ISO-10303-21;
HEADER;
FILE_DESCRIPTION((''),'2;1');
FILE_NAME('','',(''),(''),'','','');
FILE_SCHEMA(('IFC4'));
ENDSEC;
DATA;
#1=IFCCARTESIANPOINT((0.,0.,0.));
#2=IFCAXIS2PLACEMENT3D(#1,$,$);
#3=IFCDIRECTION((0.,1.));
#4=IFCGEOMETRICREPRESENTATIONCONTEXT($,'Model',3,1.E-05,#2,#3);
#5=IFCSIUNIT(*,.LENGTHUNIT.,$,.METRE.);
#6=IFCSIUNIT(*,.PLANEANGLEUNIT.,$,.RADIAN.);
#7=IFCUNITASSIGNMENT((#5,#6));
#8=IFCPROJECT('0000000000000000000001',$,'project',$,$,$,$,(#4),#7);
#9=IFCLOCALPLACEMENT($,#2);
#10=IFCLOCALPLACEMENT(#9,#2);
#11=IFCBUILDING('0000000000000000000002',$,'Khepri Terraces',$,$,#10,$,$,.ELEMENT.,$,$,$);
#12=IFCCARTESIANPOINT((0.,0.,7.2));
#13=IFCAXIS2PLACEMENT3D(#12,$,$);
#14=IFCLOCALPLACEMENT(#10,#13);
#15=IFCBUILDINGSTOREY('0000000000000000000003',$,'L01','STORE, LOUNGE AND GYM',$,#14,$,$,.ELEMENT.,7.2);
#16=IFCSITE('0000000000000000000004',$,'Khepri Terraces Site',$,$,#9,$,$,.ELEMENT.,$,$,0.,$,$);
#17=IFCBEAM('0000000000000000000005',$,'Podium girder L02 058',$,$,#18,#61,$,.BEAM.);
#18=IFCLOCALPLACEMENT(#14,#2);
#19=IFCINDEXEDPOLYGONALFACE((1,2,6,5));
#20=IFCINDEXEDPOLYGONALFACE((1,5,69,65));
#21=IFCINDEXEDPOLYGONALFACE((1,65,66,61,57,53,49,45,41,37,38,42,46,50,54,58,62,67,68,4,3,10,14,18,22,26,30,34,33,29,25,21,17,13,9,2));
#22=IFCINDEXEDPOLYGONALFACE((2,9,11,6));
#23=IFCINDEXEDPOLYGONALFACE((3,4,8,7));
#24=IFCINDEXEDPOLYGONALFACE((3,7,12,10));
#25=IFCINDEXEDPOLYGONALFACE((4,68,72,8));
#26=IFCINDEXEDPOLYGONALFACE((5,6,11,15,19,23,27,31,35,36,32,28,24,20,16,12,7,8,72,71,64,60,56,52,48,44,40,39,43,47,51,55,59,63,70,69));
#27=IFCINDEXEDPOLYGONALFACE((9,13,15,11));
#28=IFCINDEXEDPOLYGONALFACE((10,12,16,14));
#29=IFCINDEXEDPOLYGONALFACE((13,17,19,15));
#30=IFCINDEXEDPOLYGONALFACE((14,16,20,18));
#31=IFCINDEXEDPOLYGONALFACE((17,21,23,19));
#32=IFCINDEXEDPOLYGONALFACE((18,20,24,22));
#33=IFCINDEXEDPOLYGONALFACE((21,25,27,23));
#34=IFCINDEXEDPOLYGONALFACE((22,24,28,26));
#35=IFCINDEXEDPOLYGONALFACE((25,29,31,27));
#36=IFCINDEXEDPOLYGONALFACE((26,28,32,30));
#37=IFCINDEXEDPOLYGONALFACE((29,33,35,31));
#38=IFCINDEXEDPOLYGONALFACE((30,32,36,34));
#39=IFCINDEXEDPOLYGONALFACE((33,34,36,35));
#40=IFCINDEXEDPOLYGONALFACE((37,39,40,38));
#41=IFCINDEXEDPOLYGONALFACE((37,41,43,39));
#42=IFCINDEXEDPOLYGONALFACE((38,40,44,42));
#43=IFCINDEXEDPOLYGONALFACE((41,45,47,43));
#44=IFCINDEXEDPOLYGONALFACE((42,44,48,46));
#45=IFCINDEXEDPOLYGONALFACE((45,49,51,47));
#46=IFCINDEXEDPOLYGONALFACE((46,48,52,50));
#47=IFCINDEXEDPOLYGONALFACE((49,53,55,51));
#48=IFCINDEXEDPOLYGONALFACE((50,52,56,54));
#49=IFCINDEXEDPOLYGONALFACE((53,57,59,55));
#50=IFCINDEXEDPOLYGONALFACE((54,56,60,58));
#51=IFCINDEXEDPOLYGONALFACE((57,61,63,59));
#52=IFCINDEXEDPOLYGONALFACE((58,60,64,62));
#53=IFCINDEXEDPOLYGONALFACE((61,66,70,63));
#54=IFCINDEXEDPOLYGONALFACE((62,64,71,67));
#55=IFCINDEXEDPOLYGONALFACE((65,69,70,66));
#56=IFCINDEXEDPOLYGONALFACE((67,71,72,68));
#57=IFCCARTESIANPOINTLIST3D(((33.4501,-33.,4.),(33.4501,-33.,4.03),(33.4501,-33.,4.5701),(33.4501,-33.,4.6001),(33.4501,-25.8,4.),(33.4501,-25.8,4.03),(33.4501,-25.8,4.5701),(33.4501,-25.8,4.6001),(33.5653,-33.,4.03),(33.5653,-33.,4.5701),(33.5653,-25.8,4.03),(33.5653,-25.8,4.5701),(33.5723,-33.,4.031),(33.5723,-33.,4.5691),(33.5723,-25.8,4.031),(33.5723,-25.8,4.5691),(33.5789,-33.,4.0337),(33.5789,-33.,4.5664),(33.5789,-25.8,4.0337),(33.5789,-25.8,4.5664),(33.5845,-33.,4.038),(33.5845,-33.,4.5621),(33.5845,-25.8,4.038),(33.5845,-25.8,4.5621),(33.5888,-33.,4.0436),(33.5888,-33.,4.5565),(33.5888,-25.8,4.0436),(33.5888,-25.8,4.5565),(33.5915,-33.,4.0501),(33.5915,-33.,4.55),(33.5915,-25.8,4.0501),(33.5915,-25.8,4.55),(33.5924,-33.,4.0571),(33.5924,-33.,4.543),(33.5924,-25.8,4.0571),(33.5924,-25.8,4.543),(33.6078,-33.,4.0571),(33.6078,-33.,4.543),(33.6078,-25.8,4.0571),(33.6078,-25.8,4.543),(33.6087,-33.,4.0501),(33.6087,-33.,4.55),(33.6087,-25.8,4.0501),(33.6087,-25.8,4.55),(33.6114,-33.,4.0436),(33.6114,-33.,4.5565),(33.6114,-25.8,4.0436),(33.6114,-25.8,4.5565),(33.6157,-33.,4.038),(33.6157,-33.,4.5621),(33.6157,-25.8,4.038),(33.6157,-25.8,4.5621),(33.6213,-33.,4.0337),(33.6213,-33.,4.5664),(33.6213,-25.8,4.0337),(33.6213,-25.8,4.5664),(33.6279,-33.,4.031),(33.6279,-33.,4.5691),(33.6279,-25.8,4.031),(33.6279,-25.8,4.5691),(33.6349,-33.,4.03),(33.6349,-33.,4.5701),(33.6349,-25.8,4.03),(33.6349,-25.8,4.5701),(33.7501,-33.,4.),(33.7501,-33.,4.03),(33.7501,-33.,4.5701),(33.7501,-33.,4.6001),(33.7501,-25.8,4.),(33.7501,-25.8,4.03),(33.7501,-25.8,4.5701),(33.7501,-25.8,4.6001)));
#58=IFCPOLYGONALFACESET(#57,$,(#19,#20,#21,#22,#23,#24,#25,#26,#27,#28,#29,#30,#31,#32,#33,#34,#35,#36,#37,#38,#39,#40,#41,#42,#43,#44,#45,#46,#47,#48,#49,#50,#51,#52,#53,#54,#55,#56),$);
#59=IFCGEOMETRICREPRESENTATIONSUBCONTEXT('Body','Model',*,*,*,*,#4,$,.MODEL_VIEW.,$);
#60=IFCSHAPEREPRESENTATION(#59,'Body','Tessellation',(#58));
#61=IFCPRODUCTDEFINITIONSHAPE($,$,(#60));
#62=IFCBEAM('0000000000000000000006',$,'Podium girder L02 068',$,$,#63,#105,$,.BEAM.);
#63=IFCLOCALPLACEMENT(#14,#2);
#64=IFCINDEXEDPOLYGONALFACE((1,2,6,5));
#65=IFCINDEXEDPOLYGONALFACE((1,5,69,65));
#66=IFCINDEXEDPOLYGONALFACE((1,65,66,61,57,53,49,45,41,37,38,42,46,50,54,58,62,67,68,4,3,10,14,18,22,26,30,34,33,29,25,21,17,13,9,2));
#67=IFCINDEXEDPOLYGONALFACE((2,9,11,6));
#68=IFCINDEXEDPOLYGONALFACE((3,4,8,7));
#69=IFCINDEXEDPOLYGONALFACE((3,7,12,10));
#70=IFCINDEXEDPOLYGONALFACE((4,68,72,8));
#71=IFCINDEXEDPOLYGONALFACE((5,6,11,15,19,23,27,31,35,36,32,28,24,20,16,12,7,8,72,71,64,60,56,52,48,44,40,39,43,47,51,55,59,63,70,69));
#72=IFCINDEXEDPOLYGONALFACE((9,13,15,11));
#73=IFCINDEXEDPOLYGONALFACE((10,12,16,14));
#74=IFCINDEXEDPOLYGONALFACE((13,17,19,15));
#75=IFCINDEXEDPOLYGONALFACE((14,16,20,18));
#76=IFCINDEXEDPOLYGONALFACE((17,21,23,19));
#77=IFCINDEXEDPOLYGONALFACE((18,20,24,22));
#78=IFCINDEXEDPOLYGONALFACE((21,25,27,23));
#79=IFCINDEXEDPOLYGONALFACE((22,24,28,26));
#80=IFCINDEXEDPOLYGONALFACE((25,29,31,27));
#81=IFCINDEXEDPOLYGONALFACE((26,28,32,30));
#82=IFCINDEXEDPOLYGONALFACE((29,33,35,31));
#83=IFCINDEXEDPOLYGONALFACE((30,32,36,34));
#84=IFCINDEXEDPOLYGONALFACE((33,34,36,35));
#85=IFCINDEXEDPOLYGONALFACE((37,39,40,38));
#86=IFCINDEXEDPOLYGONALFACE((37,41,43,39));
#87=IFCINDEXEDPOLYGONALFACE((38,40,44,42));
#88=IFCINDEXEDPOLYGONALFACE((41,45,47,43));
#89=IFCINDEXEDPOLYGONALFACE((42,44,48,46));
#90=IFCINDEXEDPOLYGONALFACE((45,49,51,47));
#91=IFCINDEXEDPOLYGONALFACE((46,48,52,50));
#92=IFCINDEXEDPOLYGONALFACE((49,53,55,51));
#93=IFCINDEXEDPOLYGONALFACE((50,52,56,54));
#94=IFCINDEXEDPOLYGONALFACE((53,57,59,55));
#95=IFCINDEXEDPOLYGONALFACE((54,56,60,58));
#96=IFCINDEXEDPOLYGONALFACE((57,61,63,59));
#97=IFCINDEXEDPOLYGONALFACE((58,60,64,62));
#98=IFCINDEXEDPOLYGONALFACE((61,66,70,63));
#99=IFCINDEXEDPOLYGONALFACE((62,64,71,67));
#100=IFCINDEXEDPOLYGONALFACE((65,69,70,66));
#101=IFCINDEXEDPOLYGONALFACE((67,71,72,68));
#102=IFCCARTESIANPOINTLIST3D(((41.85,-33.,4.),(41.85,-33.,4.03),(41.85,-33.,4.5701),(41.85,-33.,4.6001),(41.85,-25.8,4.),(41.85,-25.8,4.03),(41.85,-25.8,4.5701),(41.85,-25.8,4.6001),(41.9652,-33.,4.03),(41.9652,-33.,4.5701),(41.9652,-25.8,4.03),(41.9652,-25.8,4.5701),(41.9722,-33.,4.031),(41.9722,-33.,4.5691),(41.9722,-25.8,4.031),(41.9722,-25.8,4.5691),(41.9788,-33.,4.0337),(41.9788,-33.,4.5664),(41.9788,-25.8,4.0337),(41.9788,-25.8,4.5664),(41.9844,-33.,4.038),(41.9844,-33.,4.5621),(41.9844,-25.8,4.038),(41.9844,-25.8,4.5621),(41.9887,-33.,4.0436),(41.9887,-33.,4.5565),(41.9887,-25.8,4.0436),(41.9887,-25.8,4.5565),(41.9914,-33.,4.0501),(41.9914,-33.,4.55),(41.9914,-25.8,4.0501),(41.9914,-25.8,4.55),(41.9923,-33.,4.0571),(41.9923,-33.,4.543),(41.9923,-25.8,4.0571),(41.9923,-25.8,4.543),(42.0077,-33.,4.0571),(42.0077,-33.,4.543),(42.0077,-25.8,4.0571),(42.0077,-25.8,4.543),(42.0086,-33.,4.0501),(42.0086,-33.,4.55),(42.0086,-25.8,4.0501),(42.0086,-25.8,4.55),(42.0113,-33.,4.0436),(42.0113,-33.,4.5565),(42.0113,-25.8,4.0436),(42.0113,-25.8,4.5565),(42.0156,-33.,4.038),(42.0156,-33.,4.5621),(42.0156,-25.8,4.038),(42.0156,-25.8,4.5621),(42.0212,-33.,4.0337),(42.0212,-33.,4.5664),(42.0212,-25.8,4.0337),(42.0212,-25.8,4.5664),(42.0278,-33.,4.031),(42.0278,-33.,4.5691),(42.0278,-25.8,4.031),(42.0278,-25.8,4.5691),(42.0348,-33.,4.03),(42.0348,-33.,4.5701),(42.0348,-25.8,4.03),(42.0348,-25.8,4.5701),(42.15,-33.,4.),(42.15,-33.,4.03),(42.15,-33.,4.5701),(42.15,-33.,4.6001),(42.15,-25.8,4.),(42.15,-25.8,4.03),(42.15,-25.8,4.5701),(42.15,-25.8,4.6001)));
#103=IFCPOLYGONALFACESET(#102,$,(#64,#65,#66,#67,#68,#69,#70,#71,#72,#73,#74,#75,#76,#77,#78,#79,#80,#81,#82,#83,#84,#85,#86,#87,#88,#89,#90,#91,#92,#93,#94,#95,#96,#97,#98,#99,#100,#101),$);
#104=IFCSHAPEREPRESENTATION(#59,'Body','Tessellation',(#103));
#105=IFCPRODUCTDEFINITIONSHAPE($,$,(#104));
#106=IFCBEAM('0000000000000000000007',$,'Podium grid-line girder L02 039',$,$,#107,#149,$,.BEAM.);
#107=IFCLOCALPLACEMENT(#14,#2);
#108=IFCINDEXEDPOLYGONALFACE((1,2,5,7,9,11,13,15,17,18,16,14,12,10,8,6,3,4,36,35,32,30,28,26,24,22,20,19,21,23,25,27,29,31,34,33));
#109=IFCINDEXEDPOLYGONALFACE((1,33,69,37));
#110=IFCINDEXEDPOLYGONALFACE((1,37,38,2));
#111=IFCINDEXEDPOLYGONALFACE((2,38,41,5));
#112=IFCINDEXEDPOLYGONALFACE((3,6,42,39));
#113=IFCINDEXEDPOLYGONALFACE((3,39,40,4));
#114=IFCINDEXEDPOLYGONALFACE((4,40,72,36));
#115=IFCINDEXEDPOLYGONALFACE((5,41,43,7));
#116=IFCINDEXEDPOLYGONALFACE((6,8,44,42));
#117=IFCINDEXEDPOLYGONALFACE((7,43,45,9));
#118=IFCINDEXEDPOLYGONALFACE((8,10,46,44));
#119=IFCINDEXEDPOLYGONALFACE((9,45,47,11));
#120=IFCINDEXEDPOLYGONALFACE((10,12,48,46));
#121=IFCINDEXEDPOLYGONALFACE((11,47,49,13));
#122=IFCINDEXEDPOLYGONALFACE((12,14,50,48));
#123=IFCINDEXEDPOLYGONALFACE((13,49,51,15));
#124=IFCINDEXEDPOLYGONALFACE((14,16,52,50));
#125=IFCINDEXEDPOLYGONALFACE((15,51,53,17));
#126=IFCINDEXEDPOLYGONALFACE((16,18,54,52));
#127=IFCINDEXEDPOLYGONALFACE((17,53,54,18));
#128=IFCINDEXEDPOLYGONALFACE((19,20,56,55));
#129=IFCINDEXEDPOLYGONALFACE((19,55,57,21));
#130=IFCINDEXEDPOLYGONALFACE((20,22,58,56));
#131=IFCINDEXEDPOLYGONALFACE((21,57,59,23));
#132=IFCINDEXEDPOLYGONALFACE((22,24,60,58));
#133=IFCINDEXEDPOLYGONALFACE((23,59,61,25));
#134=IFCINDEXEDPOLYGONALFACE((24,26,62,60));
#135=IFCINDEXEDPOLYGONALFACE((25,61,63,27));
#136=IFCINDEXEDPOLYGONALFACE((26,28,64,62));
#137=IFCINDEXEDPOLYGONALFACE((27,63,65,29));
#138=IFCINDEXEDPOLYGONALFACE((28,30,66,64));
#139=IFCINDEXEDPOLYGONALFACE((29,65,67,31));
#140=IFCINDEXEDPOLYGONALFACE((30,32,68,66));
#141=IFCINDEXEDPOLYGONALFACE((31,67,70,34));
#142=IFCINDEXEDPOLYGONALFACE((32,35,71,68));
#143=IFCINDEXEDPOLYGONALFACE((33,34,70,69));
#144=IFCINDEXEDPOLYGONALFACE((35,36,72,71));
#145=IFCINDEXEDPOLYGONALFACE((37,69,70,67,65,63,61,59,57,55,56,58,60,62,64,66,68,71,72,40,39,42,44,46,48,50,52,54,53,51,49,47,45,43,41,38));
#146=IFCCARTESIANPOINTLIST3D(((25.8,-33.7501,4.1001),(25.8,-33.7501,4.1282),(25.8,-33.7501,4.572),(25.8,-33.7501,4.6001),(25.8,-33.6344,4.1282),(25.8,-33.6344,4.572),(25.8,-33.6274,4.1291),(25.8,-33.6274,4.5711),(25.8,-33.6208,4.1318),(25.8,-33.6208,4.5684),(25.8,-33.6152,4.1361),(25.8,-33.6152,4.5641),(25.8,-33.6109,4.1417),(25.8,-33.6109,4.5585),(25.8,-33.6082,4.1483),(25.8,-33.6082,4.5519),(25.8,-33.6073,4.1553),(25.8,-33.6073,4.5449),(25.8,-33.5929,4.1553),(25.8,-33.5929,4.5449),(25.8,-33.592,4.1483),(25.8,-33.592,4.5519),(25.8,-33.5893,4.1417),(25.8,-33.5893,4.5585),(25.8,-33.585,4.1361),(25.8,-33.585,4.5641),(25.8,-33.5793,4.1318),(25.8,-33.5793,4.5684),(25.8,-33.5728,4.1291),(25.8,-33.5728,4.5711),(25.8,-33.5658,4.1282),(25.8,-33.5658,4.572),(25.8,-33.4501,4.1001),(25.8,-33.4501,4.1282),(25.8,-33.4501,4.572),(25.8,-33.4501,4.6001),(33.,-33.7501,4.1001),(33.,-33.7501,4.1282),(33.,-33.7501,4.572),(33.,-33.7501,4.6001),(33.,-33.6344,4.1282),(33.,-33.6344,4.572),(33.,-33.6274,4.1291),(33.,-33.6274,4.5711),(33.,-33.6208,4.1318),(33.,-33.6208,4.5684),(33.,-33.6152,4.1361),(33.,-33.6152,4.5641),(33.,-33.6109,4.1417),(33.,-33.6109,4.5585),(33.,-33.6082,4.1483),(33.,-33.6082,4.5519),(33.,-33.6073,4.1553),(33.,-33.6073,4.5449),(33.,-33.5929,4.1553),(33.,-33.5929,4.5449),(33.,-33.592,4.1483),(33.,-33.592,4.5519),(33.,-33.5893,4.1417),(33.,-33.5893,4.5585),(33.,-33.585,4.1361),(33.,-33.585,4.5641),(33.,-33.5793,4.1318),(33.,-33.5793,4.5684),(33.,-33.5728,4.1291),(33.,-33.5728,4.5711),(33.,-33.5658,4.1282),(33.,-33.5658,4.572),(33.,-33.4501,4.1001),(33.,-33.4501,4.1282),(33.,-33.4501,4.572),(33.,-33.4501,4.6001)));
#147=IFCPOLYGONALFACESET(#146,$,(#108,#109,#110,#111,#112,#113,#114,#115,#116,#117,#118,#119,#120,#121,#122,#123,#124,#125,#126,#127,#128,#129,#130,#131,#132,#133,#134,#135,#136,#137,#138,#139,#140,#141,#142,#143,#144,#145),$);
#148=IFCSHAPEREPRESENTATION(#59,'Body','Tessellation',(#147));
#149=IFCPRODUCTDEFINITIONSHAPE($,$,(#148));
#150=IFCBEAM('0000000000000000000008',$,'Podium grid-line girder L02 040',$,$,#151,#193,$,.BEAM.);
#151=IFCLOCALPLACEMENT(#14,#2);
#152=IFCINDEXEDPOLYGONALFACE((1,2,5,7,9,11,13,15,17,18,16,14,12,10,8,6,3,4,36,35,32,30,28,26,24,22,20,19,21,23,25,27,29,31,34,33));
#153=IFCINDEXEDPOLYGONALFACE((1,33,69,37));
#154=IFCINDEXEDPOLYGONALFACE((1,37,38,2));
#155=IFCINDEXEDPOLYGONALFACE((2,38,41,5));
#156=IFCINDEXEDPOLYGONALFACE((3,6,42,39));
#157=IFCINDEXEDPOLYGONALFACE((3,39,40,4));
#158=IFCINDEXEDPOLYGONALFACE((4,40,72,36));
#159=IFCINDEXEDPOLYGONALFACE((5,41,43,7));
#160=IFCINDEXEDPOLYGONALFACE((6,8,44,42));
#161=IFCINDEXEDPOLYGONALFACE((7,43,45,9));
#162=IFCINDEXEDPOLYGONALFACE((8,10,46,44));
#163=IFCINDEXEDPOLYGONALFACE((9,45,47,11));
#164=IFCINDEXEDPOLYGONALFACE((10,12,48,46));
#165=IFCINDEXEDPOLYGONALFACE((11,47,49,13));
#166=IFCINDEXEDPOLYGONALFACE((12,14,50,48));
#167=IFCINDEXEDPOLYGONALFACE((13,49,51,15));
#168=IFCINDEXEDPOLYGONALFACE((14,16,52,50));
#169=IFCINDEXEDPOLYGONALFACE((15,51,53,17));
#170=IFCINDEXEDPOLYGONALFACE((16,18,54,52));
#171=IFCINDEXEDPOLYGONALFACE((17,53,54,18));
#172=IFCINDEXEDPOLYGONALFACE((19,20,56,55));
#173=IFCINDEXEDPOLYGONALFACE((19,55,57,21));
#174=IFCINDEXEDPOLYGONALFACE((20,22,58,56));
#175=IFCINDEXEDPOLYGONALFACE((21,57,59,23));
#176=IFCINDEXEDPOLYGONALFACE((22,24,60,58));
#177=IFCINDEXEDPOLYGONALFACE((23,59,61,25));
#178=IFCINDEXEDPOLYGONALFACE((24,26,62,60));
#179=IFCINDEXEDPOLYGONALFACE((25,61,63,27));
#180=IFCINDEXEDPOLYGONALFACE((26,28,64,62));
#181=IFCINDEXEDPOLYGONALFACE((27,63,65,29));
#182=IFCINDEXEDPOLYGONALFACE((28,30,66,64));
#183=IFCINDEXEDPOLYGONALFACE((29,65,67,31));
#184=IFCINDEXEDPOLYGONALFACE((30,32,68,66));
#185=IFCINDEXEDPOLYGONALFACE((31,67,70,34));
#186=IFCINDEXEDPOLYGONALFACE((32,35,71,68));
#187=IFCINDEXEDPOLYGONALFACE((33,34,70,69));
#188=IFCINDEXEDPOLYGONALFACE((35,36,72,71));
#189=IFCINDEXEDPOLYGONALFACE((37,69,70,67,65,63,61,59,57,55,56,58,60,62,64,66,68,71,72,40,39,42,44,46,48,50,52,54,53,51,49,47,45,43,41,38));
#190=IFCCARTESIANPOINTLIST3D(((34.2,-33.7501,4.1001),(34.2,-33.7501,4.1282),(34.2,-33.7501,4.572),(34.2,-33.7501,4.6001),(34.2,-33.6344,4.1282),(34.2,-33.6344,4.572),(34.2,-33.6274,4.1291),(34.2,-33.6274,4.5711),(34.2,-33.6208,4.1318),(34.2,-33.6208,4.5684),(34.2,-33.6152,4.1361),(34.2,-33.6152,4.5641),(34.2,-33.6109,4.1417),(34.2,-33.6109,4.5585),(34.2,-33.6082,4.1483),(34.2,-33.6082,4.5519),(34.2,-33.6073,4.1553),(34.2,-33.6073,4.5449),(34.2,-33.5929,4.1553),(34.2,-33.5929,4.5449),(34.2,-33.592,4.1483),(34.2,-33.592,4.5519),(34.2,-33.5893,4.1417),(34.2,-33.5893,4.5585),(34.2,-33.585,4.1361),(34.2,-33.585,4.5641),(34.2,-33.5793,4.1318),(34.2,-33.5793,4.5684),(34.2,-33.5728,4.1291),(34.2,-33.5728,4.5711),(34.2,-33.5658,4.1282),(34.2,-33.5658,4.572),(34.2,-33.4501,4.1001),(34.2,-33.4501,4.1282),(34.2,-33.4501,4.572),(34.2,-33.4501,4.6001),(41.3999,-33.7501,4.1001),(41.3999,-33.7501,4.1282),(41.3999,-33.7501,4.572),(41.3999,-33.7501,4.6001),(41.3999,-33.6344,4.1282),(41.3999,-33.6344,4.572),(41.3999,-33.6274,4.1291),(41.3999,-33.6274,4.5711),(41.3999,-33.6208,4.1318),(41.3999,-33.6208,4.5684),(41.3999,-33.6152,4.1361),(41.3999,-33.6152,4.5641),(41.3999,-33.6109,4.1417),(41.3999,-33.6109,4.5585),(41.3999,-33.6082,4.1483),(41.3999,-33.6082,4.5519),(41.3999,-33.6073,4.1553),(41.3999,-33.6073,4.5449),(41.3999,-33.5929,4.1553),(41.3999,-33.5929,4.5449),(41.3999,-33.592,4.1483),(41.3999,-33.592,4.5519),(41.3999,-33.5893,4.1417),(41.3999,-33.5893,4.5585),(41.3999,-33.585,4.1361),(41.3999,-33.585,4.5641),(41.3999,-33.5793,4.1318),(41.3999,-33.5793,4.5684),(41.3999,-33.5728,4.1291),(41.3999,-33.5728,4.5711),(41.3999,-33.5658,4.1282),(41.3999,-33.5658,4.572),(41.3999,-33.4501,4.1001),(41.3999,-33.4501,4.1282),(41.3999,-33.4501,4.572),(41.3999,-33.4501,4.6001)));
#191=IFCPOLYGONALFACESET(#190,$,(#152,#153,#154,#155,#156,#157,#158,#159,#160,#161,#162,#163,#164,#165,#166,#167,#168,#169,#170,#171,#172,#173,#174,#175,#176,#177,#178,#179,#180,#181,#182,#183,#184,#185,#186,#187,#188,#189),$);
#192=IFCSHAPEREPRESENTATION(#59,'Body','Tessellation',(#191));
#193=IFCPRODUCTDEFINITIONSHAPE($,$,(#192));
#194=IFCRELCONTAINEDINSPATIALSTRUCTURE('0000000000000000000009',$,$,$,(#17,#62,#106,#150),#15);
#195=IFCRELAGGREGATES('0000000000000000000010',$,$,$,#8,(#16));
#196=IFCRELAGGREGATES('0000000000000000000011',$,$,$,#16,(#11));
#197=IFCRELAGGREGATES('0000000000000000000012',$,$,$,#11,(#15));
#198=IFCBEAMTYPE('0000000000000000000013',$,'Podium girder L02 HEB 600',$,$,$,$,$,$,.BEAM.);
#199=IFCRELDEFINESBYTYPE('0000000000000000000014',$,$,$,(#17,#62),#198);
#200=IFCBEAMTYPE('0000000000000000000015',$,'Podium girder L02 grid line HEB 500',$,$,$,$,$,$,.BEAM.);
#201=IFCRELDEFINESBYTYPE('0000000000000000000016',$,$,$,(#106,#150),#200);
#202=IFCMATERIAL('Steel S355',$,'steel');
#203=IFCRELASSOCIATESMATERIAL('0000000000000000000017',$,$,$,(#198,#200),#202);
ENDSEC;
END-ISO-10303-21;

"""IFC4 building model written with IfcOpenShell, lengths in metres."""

from ifc_helpers import new_model, si_unit, direction, frame, origin, origin_2d, place, context, subcontext, project, spatial, i_section, extrude, material, material_profile, profile_set, type_object, element, save


model = new_model("IFC4")

# Units and contexts
model_context = context("Model", 3, precision=1e-05, world=origin(), true_north=direction((0.0, 1.0)))
body_context = subcontext(model_context, "Body", "Model", "MODEL_VIEW")
ifc_project = project(units=[si_unit("LENGTHUNIT", "METRE"), si_unit("PLANEANGLEUNIT", "RADIAN")], contexts=[model_context])

# Site, building, storey
site_placement = place(None, origin())
site = spatial("IfcSite", under=ifc_project, at=site_placement, Name="Khepri Terraces Site", CompositionType="ELEMENT", RefElevation=0.0)
building_placement = place(site_placement, origin())
building = spatial("IfcBuilding", under=site, at=building_placement, Name="Khepri Terraces", CompositionType="ELEMENT")
storey_placement = place(building_placement, frame((0.0, 0.0, 7.2)))
storey = spatial("IfcBuildingStorey", under=building, at=storey_placement, Name="L01", Description="STORE, LOUNGE AND GYM", CompositionType="ELEMENT", Elevation=7.2)

# Beams
ifc_material_1 = material(Name="Steel S355", Category="steel")
ifc_material_profile_1 = material_profile(ifc_material_1, i_section(OverallWidth=0.3, OverallDepth=0.6001, WebThickness=0.0154, FlangeThickness=0.03, FilletRadius=0.0271, at=origin_2d()), Name="Steel S355", Category="steel")
ifc_profile_set_1 = profile_set([ifc_material_profile_1], Name="Steel S355")
beam_type_1 = type_object("IfcBeamType", Name="Podium girder L02 HEB 600", PredefinedType="BEAM", material=ifc_profile_set_1)
for number, where, z_axis, x_axis, name in (
    (1, (33.6001, -33.0, 4.3), (0.0, 1.0, 0.0), (-1.0, 0.0, 0.0), "Podium girder L02 058"),
    (2, (42.0, -33.0, 4.3), (0.0, 1.0, 0.0), (-1.0, 0.0, 0.0), "Podium girder L02 068"),
):
    element("IfcBeam", number, at=place(storey_placement, frame(where, z_axis=z_axis, x_axis=x_axis)), inside=storey, type_object=beam_type_1, Name=name, PredefinedType="BEAM", context=body_context, shape_type="SweptSolid", body=[
        extrude(i_section(OverallWidth=0.3, OverallDepth=0.6001, WebThickness=0.0154, FlangeThickness=0.03, FilletRadius=0.0271, at=origin_2d()), origin(), (0.0, 0.0, 1.0), 7.2),
    ])
ifc_material_profile_2 = material_profile(ifc_material_1, i_section(OverallWidth=0.3, OverallDepth=0.5, WebThickness=0.0144, FlangeThickness=0.0281, FilletRadius=0.0271, at=origin_2d()), Name="Steel S355", Category="steel")
ifc_profile_set_2 = profile_set([ifc_material_profile_2], Name="Steel S355")
beam_type_2 = type_object("IfcBeamType", Name="Podium girder L02 grid line HEB 500", PredefinedType="BEAM", material=ifc_profile_set_2)
for number, where, z_axis, x_axis, name in (
    (3, (25.8, -33.6001, 4.3501), (1.0, 0.0, 0.0), (0.0, 1.0, 0.0), "Podium grid-line girder L02 039"),
    (4, (34.2, -33.6001, 4.3501), (1.0, 0.0, 0.0), (0.0, 1.0, 0.0), "Podium grid-line girder L02 040"),
):
    element("IfcBeam", number, at=place(storey_placement, frame(where, z_axis=z_axis, x_axis=x_axis)), inside=storey, type_object=beam_type_2, Name=name, PredefinedType="BEAM", context=body_context, shape_type="SweptSolid", body=[
        extrude(i_section(OverallWidth=0.3, OverallDepth=0.5, WebThickness=0.0144, FlangeThickness=0.0281, FilletRadius=0.0271, at=origin_2d()), origin(), (0.0, 0.0, 1.0), 7.2),
    ])

save(model, "model.ifc")
